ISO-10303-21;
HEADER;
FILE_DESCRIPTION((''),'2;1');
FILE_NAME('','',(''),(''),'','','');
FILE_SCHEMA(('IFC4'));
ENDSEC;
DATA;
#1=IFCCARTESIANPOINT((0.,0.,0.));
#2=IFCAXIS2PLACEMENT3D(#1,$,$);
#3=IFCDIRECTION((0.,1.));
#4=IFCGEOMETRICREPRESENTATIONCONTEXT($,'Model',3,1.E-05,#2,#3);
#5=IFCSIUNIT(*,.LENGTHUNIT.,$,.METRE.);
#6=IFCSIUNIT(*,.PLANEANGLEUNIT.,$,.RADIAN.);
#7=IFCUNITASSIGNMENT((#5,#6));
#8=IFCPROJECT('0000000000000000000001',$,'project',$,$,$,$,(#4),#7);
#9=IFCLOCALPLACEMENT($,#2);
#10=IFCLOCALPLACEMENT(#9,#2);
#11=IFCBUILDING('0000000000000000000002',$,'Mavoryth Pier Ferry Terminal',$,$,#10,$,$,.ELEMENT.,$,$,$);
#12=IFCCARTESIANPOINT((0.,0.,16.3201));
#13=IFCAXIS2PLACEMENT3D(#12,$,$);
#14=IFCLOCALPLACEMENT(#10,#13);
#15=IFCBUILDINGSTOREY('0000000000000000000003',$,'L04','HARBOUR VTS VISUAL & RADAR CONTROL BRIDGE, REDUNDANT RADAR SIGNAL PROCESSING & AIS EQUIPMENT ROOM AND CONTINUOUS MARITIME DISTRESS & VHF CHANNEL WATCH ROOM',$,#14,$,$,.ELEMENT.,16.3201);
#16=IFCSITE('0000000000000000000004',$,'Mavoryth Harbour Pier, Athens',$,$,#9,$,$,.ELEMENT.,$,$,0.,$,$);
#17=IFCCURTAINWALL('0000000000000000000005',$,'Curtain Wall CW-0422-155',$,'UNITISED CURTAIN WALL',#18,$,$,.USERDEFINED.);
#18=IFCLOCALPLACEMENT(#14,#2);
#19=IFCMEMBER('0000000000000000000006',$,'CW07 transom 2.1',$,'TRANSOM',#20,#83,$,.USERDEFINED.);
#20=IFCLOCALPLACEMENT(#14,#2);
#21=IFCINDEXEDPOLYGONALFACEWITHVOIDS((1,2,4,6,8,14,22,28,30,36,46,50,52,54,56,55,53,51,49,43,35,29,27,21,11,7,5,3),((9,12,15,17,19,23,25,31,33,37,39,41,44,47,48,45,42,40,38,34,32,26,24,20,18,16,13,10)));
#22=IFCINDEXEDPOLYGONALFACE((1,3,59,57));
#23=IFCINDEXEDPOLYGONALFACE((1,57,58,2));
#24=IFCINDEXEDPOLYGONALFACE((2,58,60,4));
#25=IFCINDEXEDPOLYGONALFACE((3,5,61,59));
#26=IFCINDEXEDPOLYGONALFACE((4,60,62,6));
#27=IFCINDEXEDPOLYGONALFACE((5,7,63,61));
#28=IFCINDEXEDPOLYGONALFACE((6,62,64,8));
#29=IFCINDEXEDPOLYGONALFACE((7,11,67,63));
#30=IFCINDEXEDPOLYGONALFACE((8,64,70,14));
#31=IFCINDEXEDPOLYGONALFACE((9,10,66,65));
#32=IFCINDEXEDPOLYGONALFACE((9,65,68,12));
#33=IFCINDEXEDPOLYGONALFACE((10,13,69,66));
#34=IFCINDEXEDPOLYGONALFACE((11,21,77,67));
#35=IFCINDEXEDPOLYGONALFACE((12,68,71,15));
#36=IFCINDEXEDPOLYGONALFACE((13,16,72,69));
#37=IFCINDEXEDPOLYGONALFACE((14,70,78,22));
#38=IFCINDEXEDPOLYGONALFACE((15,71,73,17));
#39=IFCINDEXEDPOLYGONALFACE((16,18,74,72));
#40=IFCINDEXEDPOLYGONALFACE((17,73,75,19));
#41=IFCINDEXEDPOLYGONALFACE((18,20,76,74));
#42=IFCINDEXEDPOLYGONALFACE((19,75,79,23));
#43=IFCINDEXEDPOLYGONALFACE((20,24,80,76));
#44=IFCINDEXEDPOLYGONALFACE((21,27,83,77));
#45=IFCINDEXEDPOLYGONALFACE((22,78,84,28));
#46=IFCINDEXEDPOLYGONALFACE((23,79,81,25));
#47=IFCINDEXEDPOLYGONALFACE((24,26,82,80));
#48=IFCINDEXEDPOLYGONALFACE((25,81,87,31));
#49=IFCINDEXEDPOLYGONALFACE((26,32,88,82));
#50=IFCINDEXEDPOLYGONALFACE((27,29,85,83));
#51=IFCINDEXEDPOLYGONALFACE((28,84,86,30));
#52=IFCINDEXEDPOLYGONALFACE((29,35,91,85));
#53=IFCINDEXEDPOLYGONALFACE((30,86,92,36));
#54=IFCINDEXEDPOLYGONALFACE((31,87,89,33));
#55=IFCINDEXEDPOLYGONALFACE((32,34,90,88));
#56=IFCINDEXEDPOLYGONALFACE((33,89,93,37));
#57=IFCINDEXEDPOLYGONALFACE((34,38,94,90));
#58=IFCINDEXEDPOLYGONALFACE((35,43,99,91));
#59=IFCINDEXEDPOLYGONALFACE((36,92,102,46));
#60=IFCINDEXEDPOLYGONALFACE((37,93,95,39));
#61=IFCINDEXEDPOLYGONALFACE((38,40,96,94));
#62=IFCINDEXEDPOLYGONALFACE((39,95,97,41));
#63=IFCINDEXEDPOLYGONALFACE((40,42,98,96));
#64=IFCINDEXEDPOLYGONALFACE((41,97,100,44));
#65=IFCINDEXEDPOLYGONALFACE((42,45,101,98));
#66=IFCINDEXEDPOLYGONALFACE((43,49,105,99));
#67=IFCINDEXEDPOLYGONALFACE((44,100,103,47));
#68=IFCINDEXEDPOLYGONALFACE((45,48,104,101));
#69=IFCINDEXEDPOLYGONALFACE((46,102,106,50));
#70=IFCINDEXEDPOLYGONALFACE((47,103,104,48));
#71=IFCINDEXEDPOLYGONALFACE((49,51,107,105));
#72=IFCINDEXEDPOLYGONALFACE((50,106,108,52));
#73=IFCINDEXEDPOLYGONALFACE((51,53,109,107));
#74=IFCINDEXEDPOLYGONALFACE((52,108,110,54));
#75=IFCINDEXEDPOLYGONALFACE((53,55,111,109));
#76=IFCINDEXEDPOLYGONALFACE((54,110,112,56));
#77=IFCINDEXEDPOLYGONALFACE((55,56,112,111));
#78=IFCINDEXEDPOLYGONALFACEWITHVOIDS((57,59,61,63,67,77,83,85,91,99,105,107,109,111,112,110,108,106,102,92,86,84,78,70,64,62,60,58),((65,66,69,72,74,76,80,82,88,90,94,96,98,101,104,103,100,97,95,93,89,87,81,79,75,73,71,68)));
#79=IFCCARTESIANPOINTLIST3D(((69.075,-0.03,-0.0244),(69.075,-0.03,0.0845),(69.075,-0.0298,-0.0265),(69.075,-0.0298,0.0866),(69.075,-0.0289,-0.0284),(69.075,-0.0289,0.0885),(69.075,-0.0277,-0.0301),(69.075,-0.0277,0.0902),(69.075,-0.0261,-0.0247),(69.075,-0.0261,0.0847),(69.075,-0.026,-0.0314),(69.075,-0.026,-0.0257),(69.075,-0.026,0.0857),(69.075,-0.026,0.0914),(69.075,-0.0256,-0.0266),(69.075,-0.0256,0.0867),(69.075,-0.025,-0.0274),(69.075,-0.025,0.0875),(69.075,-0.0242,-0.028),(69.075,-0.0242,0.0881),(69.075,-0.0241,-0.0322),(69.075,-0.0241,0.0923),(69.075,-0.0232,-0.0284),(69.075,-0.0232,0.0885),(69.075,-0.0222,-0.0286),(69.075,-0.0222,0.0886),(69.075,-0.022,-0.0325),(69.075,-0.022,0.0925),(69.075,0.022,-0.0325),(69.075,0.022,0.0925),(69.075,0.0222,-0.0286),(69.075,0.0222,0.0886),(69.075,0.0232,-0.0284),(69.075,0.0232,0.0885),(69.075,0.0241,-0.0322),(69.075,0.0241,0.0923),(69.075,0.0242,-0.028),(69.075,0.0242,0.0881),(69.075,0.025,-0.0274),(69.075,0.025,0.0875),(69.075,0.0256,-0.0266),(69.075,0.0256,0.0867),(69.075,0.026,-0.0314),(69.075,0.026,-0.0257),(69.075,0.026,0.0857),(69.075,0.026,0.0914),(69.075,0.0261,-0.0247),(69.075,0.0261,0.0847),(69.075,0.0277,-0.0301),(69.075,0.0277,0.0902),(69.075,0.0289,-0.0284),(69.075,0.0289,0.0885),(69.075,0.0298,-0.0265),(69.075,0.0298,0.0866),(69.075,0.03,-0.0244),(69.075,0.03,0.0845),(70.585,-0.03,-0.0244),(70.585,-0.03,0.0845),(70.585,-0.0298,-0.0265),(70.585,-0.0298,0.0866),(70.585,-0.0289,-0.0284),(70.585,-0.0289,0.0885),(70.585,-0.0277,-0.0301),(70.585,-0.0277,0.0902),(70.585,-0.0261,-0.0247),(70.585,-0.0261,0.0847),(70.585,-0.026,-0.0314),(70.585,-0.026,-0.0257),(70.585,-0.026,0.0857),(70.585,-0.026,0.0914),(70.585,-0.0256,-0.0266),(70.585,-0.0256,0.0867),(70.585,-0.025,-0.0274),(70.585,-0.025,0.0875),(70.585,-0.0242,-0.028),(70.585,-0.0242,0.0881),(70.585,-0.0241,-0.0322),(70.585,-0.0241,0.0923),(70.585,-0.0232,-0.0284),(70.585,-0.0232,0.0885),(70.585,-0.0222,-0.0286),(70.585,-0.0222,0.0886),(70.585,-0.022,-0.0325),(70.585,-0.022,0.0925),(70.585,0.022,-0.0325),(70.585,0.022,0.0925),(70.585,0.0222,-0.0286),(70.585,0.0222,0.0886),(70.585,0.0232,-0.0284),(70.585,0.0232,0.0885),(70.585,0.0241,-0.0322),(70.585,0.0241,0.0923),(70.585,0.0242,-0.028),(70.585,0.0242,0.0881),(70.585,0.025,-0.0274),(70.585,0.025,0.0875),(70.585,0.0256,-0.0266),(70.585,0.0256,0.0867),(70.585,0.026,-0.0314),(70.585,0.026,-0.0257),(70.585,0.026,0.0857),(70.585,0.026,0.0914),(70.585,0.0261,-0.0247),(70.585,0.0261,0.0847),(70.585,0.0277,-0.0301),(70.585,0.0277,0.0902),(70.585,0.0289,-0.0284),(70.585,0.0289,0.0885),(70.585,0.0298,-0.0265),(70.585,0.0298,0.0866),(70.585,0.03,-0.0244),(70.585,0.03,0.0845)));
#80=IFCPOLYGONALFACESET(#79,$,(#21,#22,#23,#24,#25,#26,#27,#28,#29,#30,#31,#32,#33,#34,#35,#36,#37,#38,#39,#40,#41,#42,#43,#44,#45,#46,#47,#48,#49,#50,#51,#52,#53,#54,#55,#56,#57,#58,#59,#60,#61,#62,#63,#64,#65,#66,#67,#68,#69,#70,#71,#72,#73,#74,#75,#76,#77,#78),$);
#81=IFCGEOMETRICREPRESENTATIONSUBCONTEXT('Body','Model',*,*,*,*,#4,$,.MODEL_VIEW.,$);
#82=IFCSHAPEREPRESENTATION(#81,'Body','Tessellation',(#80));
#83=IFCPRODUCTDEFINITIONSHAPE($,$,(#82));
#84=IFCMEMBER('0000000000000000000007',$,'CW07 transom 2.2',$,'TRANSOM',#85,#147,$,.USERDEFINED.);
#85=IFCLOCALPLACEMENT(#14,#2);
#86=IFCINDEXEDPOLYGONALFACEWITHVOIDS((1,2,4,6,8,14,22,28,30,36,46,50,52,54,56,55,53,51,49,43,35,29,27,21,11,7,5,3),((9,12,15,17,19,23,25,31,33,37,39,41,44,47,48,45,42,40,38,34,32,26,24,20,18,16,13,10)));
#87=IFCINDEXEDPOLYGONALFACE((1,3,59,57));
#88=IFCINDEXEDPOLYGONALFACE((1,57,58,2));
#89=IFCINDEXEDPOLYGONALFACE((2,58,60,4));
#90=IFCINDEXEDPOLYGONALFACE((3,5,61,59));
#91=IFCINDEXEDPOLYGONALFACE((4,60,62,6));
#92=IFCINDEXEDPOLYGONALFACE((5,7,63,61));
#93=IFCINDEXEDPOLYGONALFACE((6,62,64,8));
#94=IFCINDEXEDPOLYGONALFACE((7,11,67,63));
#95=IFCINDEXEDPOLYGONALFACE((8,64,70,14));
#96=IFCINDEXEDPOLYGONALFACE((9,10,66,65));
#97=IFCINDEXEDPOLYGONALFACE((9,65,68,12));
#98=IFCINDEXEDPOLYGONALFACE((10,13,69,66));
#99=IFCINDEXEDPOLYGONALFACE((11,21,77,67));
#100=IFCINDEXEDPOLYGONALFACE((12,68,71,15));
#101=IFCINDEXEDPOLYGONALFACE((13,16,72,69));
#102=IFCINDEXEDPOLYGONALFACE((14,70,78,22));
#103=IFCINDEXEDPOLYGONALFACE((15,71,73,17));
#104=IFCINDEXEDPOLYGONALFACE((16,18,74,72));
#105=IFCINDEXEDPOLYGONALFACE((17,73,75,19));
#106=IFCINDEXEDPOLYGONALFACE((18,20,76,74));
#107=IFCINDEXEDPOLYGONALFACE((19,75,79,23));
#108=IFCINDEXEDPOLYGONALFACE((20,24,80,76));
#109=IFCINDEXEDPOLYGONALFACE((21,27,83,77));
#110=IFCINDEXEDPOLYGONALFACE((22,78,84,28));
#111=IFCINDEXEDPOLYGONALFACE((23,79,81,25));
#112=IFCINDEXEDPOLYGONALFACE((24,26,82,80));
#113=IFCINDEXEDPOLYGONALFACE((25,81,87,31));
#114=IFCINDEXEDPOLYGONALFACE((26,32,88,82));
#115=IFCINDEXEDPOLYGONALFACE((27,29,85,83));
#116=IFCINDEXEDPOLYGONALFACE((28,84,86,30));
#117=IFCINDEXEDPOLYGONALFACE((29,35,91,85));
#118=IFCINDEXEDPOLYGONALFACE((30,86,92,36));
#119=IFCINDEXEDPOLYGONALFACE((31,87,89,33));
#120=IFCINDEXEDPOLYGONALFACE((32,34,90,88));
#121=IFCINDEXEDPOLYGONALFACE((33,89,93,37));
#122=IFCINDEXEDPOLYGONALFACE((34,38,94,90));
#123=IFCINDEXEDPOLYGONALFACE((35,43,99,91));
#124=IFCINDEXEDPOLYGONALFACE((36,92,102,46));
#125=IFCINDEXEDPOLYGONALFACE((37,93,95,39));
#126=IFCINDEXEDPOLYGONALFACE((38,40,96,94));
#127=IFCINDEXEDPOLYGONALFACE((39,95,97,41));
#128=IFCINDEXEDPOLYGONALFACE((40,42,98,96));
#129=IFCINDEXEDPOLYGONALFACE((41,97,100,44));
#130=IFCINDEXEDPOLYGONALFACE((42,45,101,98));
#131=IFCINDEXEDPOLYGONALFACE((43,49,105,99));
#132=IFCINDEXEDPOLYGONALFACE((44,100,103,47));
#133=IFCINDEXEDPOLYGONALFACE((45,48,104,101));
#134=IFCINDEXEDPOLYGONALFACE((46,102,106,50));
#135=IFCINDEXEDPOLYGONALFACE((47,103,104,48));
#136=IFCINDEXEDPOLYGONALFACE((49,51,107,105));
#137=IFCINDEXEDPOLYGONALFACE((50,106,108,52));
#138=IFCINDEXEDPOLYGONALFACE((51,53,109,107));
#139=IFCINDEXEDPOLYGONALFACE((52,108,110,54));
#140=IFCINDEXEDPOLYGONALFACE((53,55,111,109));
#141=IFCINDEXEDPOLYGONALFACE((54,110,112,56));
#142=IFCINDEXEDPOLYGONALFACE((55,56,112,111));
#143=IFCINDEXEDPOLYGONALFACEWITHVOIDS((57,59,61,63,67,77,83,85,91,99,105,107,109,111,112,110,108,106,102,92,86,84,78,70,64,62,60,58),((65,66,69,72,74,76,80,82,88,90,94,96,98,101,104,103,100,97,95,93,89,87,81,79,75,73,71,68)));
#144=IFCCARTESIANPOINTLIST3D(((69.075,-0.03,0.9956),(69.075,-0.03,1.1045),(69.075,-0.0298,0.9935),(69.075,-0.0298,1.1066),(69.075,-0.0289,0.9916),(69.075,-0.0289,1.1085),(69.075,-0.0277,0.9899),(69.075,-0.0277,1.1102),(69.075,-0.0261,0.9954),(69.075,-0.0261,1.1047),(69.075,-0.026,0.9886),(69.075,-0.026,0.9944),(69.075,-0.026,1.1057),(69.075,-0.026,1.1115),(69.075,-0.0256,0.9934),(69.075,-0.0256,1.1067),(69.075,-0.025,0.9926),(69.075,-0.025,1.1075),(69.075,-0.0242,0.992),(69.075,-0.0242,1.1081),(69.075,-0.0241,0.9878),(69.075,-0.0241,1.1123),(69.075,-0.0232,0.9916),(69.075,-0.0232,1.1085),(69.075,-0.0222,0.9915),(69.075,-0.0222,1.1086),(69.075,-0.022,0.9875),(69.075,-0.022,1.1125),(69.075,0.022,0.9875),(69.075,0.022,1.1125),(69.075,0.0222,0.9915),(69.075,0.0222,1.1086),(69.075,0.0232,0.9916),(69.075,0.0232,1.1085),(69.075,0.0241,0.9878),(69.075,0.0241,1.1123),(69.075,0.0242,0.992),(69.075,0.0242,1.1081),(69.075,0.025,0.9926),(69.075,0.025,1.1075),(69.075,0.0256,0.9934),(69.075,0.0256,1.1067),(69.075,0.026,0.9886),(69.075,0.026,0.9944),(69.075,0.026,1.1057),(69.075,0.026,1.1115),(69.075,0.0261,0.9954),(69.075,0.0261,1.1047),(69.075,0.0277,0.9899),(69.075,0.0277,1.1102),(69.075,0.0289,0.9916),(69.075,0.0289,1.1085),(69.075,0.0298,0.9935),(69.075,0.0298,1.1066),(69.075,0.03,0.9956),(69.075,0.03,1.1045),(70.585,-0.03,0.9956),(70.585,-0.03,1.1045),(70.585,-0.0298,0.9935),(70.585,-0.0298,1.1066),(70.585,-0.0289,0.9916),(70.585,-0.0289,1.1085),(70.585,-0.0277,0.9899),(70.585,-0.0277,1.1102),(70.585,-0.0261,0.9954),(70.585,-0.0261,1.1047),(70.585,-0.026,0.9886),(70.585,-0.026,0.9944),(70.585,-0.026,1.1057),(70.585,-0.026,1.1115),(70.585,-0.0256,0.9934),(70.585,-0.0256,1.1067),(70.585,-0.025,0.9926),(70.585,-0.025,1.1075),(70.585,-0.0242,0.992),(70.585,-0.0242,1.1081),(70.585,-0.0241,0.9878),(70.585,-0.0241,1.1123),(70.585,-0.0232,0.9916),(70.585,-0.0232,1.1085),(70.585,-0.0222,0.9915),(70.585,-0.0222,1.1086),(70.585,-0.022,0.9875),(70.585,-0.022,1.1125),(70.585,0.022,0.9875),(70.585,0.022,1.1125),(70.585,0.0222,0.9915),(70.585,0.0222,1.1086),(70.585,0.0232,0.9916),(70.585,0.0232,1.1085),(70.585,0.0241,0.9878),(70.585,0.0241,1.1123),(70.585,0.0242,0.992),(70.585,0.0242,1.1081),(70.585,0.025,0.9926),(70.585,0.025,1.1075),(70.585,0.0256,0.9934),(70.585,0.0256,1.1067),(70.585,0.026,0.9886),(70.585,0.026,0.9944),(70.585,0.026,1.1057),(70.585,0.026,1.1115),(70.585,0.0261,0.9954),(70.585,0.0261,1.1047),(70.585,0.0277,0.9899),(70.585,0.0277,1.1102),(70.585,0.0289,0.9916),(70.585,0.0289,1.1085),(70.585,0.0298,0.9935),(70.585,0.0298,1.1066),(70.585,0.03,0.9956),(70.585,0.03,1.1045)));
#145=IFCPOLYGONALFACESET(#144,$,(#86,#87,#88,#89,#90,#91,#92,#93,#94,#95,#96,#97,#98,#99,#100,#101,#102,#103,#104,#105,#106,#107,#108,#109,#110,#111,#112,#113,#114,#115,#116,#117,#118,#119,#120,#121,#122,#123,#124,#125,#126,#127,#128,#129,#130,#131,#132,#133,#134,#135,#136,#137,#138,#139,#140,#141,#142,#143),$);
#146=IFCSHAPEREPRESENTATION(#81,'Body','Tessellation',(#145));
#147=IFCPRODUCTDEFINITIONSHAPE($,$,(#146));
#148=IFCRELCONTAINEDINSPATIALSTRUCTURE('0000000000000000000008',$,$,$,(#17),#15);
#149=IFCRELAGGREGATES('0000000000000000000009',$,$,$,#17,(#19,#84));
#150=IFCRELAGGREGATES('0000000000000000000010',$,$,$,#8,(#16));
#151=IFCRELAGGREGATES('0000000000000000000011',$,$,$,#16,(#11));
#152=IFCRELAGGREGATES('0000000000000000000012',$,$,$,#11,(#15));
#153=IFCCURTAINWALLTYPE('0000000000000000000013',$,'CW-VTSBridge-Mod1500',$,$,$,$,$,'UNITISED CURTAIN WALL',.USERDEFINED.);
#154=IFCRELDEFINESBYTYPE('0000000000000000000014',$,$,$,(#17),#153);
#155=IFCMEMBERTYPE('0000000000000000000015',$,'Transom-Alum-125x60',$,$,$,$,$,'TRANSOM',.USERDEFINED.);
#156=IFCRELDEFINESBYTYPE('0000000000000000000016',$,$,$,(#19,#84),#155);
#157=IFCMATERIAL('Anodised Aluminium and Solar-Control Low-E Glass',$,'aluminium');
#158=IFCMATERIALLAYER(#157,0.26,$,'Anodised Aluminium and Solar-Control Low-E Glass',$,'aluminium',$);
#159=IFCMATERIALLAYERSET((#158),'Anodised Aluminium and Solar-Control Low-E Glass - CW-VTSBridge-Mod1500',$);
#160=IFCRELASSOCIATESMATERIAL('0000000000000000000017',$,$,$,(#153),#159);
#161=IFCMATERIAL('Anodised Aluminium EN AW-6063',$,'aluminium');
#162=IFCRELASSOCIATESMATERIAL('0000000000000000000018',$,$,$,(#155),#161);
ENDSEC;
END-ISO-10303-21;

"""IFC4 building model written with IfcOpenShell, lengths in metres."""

from ifc_helpers import new_model, si_unit, direction, frame, origin, origin_2d, place, context, subcontext, project, spatial, hollow_rectangle, extrude, material, layer, layer_set, material_profile, profile_set, type_object, element, aggregate, save


model = new_model("IFC4")

# Units and contexts
model_context = context("Model", 3, precision=1e-05, world=origin(), true_north=direction((0.0, 1.0)))
body_context = subcontext(model_context, "Body", "Model", "MODEL_VIEW")
ifc_project = project(units=[si_unit("LENGTHUNIT", "METRE"), si_unit("PLANEANGLEUNIT", "RADIAN")], contexts=[model_context])

# Site, building, storey
site_placement = place(None, origin())
site = spatial("IfcSite", under=ifc_project, at=site_placement, Name="Mavoryth Harbour Pier, Athens", CompositionType="ELEMENT", RefElevation=0.0)
building_placement = place(site_placement, origin())
building = spatial("IfcBuilding", under=site, at=building_placement, Name="Mavoryth Pier Ferry Terminal", CompositionType="ELEMENT")
storey_placement = place(building_placement, frame((0.0, 0.0, 16.3201)))
storey = spatial("IfcBuildingStorey", under=building, at=storey_placement, Name="L04", Description="HARBOUR VTS VISUAL & RADAR CONTROL BRIDGE, REDUNDANT RADAR SIGNAL PROCESSING & AIS EQUIPMENT ROOM AND CONTINUOUS MARITIME DISTRESS & VHF CHANNEL WATCH ROOM", CompositionType="ELEMENT", Elevation=16.3201)

# Curtain wall
ifc_material_1 = material(Name="Anodised Aluminium and Solar-Control Low-E Glass", Category="aluminium")
ifc_layer_1 = layer(ifc_material_1, 0.26, Name="Anodised Aluminium and Solar-Control Low-E Glass", Category="aluminium")
ifc_layer_set_1 = layer_set([ifc_layer_1], Name="Anodised Aluminium and Solar-Control Low-E Glass - CW-VTSBridge-Mod1500")
curtain_wall_type = type_object("IfcCurtainWallType", Name="CW-VTSBridge-Mod1500", ElementType="UNITISED CURTAIN WALL", PredefinedType="USERDEFINED", material=ifc_layer_set_1)
ifc_material_2 = material(Name="Anodised Aluminium EN AW-6063", Category="aluminium")
curtain_wall_1_placement = place(storey_placement, origin())
curtain_wall_1 = element("IfcCurtainWall", 1, at=curtain_wall_1_placement, inside=storey, type_object=curtain_wall_type, Name="Curtain Wall CW-0422-155", ObjectType="UNITISED CURTAIN WALL", PredefinedType="USERDEFINED")

# Members
ifc_material_profile_1 = material_profile(ifc_material_2, hollow_rectangle(XDim=0.0601, YDim=0.125, WallThickness=0.0039, InnerFilletRadius=0.0039, OuterFilletRadius=0.0081, at=origin_2d()), Name="AL-TRAN 125x60x4", Category="aluminium")
ifc_profile_set_1 = profile_set([ifc_material_profile_1], Name="Anodised Aluminium EN AW-6063 - AL-TRAN 125x60x4")
member_type_1 = type_object("IfcMemberType", Name="Transom-Alum-125x60", ElementType="TRANSOM", PredefinedType="USERDEFINED", material=ifc_profile_set_1)
member_1_placement = place(storey_placement, frame((69.075, 0.0, 0.03), z_axis=(1.0, 0.0, 0.0), x_axis=(0.0, 1.0, 0.0)))
member_1 = element("IfcMember", 2, at=member_1_placement, type_object=member_type_1, Name="CW07 transom 2.1", ObjectType="TRANSOM", PredefinedType="USERDEFINED", context=body_context, shape_type="SweptSolid", body=[
    extrude(hollow_rectangle(XDim=0.0601, YDim=0.125, WallThickness=0.0039, InnerFilletRadius=0.0039, OuterFilletRadius=0.0081, at=origin_2d()), origin(), (0.0, 0.0, 1.0), 1.51),
])
member_2_placement = place(storey_placement, frame((69.075, 0.0, 1.05), z_axis=(1.0, 0.0, 0.0), x_axis=(0.0, 1.0, 0.0)))
member_2 = element("IfcMember", 3, at=member_2_placement, type_object=member_type_1, Name="CW07 transom 2.2", ObjectType="TRANSOM", PredefinedType="USERDEFINED", context=body_context, shape_type="SweptSolid", body=[
    extrude(hollow_rectangle(XDim=0.0601, YDim=0.125, WallThickness=0.0039, InnerFilletRadius=0.0039, OuterFilletRadius=0.0081, at=origin_2d()), origin(), (0.0, 0.0, 1.0), 1.51),
])

aggregate(curtain_wall_1, [member_1, member_2])

save(model, "model.ifc")
